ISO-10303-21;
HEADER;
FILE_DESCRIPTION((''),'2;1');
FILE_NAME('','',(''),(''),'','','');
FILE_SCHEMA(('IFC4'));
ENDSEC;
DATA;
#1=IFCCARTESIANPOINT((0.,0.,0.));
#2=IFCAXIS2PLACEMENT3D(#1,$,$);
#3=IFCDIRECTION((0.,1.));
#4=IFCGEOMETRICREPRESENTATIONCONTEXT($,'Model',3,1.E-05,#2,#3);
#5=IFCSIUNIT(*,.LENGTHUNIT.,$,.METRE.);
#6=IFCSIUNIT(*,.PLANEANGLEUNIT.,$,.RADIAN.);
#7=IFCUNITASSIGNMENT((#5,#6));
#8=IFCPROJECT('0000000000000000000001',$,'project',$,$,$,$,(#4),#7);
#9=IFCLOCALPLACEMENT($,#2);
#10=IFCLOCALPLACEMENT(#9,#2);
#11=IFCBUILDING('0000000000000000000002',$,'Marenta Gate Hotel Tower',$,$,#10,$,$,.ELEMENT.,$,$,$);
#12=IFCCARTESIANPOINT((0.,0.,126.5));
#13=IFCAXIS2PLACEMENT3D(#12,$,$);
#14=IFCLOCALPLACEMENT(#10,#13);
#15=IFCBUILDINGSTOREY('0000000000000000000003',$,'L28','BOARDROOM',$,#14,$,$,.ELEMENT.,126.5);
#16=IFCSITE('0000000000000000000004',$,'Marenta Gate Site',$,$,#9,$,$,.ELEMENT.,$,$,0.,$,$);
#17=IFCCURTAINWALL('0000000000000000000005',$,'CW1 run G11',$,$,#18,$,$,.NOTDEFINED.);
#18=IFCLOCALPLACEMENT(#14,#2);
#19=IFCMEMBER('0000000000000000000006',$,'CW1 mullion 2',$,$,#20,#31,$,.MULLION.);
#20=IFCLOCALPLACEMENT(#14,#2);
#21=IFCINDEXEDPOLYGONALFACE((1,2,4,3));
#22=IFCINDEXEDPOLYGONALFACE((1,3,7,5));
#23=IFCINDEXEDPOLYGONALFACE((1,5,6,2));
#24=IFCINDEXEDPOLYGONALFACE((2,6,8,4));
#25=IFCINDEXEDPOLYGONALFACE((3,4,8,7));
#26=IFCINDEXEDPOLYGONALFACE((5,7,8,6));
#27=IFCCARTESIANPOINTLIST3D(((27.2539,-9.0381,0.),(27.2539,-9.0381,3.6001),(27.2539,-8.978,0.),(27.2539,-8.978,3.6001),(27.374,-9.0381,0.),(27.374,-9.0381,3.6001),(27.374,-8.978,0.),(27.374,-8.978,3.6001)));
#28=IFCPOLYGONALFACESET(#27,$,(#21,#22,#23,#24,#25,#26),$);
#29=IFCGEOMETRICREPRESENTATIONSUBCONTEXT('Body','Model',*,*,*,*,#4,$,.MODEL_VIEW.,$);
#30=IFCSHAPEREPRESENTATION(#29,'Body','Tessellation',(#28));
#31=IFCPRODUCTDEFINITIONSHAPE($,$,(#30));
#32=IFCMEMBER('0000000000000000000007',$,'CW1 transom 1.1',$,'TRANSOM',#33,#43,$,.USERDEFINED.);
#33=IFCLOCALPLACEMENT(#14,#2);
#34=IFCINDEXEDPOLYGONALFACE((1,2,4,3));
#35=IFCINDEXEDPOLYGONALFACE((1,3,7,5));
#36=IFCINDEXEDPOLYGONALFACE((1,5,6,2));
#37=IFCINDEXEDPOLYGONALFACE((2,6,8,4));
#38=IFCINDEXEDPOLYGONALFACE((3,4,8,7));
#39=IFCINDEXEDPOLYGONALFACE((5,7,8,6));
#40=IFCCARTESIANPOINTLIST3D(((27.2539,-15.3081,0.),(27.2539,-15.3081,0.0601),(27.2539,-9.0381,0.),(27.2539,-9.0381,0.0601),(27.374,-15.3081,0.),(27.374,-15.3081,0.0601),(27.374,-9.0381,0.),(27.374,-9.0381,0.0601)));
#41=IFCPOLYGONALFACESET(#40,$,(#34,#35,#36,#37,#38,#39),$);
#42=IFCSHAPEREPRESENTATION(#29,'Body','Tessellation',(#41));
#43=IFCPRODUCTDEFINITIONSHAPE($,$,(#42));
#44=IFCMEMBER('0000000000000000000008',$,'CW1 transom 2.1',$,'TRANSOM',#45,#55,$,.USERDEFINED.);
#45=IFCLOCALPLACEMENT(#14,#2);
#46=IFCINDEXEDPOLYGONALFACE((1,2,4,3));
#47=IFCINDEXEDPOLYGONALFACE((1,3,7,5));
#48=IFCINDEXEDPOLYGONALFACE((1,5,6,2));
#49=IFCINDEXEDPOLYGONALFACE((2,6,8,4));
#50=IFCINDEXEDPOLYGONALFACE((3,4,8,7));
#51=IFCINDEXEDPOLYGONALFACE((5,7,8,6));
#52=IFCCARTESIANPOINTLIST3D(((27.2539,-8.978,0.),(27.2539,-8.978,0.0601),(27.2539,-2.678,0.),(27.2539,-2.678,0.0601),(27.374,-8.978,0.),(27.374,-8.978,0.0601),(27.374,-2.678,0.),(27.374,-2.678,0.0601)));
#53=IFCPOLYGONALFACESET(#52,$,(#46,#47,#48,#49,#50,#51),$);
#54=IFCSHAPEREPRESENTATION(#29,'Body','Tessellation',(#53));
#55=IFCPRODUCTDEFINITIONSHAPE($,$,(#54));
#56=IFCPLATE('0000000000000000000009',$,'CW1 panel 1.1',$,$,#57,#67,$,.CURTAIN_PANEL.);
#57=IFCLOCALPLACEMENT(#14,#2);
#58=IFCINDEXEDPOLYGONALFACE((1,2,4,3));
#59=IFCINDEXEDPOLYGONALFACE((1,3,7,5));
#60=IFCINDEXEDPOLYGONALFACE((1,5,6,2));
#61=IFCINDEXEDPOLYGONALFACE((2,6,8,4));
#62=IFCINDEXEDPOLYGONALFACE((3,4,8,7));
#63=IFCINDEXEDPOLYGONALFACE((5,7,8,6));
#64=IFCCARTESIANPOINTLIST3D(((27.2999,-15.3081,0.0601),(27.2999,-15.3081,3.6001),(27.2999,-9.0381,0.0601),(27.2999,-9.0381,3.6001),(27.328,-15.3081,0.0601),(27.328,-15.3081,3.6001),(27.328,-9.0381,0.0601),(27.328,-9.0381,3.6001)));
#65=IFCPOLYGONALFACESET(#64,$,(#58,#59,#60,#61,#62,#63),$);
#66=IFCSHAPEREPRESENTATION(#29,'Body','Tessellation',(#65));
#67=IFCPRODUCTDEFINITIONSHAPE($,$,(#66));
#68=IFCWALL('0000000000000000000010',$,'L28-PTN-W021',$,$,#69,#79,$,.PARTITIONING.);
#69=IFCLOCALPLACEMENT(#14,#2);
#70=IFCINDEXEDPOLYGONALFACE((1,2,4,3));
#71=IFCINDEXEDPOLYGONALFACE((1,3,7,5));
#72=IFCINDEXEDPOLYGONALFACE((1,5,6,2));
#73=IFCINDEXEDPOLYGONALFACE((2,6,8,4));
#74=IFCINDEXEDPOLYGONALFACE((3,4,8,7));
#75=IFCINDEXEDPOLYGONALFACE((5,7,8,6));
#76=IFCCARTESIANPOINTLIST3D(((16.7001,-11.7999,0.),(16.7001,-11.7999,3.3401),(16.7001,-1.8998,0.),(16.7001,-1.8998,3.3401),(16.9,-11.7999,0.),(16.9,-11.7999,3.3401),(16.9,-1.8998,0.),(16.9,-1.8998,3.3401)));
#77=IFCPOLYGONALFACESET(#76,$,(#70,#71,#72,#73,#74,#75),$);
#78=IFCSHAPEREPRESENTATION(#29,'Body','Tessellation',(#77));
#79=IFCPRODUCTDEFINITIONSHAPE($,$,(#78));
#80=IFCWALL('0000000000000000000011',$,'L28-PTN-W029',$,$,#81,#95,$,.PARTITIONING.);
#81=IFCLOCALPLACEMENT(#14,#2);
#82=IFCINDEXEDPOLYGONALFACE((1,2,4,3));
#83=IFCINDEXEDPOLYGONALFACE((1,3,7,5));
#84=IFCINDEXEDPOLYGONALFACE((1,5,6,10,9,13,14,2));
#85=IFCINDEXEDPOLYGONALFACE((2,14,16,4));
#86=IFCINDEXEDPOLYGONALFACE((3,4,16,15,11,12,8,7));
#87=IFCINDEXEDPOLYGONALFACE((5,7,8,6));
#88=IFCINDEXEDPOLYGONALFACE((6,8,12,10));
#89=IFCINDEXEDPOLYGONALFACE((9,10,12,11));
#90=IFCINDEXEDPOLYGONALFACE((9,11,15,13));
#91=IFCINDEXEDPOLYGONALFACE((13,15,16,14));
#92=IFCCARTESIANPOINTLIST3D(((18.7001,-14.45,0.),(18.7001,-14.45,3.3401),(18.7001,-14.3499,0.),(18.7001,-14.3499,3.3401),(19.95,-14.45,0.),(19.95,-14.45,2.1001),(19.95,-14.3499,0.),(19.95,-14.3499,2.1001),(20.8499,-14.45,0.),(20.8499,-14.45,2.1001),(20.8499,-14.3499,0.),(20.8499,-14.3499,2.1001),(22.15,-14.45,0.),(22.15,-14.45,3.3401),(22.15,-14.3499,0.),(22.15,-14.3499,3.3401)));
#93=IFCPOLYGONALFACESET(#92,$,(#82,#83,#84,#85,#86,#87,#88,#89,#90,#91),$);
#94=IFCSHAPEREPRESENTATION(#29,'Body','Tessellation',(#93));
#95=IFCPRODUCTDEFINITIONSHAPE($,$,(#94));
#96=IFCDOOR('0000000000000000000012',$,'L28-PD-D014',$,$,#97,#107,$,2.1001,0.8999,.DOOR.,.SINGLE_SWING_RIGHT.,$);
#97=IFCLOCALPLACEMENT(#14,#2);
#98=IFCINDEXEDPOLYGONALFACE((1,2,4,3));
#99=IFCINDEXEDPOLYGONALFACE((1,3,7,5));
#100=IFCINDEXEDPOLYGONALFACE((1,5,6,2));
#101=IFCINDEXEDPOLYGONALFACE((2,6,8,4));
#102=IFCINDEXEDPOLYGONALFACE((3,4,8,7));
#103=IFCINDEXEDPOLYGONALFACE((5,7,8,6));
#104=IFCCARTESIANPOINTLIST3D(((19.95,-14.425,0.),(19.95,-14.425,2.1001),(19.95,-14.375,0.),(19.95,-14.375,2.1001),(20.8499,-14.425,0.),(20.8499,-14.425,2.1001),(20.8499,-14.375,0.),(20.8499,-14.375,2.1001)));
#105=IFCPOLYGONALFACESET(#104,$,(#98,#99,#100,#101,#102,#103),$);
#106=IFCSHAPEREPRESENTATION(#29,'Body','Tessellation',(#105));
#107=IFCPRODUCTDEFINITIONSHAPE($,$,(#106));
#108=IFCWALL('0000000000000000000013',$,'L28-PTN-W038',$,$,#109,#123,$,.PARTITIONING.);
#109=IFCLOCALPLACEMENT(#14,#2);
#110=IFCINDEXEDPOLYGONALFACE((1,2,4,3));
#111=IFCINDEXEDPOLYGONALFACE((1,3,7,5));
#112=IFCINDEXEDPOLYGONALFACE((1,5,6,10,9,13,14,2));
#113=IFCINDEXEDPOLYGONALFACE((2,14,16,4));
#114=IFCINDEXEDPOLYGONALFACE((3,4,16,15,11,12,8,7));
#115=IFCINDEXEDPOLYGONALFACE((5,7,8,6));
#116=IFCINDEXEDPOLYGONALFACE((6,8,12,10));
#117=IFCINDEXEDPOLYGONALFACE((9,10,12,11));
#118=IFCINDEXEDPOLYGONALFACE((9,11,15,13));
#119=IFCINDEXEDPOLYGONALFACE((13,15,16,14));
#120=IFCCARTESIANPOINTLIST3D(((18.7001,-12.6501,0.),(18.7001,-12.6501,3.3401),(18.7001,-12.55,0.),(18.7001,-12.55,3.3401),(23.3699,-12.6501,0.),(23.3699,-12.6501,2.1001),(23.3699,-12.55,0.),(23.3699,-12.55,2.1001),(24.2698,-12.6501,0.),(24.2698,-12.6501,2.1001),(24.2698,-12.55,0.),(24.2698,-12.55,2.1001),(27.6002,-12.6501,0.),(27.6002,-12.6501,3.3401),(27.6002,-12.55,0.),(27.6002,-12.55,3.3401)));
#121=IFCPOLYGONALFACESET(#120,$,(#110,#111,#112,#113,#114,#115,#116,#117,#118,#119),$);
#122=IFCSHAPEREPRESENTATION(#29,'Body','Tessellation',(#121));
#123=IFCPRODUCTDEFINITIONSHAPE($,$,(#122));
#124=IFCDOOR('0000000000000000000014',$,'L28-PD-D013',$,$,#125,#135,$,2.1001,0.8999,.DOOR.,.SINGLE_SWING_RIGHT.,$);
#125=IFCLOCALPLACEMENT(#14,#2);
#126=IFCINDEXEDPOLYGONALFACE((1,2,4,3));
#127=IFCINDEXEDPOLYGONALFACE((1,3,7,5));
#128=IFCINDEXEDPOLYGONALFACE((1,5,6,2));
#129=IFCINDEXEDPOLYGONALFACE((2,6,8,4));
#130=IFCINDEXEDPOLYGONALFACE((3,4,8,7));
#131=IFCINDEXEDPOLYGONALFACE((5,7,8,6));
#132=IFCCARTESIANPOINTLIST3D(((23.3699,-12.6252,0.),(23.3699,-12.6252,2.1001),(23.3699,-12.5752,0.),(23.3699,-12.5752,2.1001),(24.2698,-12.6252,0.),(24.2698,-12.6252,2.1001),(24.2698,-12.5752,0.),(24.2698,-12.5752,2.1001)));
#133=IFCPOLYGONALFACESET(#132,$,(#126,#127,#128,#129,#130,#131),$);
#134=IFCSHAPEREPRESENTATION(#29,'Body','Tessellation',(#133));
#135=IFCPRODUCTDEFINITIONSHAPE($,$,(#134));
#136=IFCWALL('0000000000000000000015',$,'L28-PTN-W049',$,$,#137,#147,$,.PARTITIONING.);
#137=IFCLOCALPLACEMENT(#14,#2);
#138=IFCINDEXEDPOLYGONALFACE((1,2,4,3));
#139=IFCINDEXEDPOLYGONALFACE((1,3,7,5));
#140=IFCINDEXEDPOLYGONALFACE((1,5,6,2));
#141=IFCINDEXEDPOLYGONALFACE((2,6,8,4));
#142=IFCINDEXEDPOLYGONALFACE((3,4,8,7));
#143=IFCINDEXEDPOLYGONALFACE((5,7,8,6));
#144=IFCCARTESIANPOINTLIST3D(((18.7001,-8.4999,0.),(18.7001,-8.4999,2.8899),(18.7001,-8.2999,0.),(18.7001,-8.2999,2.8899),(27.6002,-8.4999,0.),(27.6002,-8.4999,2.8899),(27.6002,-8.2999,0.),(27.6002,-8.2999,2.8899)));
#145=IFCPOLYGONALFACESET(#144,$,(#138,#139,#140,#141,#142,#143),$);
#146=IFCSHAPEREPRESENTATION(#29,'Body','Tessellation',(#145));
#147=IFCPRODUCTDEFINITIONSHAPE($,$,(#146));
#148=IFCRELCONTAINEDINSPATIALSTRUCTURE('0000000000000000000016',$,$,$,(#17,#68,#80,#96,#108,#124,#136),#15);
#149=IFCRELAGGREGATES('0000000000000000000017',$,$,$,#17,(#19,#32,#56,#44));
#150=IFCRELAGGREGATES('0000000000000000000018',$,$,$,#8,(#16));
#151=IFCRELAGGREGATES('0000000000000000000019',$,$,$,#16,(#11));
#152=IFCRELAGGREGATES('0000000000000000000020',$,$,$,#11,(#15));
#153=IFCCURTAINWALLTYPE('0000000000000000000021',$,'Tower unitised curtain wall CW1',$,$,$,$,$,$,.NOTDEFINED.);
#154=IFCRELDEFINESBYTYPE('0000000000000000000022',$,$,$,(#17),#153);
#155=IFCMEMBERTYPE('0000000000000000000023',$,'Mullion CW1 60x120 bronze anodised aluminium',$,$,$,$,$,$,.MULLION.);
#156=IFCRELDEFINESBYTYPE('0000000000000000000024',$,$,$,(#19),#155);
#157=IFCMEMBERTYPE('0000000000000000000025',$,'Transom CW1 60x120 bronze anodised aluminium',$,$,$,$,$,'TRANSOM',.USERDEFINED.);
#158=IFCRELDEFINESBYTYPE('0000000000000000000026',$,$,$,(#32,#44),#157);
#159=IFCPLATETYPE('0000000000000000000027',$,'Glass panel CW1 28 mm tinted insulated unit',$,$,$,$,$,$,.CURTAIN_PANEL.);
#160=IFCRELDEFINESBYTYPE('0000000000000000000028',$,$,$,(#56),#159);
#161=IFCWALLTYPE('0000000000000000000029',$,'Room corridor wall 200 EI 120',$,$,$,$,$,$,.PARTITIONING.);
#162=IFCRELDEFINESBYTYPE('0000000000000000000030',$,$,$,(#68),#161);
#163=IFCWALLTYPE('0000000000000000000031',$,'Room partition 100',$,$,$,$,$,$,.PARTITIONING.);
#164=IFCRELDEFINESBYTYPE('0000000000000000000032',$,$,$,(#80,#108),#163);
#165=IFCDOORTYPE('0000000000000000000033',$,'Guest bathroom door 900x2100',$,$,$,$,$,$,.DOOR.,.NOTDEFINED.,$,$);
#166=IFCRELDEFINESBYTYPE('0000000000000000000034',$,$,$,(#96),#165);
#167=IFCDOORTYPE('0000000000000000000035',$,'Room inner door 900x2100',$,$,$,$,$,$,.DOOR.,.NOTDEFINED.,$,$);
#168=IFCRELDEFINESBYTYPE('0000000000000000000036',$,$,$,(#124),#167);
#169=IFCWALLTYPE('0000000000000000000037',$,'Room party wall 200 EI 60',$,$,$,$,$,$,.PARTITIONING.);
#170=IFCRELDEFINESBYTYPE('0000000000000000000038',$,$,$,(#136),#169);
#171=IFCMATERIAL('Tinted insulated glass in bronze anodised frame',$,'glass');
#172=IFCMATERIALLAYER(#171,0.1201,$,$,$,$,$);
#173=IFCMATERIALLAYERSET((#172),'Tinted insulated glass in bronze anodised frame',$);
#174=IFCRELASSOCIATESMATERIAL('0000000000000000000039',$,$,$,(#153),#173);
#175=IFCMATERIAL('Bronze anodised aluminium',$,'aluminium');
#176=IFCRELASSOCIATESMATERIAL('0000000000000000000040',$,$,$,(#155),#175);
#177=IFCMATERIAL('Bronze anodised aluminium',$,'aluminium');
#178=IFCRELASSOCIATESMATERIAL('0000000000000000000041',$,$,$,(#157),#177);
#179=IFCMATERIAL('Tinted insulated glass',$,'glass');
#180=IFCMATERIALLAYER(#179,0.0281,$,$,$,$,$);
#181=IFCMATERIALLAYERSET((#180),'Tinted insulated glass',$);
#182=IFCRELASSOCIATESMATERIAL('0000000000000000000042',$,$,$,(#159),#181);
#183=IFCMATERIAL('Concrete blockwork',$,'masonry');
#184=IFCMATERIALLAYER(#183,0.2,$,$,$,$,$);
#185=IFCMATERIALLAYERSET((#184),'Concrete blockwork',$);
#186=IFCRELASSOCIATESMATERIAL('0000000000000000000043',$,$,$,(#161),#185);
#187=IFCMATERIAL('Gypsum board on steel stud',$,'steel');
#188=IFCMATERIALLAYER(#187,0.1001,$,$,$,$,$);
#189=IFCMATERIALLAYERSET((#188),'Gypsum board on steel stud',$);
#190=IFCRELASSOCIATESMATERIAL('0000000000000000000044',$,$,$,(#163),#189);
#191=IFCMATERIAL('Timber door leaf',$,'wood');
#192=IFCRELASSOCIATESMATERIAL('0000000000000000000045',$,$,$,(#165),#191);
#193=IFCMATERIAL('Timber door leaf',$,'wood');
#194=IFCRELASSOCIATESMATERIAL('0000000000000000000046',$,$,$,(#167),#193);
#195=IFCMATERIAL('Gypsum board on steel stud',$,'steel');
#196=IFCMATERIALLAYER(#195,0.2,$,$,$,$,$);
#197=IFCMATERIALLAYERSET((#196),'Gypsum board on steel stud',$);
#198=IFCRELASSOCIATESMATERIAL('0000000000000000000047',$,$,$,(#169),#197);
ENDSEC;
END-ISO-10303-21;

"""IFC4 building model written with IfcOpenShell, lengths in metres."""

from ifc_helpers import new_model, si_unit, direction, frame, frame_2d, origin, origin_2d, place, context, subcontext, project, spatial, rectangle, extrude, material, layer, layer_set, material_profile, profile_set, type_object, element, fill, aggregate, save


model = new_model("IFC4")

# Units and contexts
model_context = context("Model", 3, precision=1e-05, world=origin(), true_north=direction((0.0, 1.0)))
body_context = subcontext(model_context, "Body", "Model", "MODEL_VIEW")
ifc_project = project(units=[si_unit("LENGTHUNIT", "METRE"), si_unit("PLANEANGLEUNIT", "RADIAN")], contexts=[model_context])

# Site, building, storey
site_placement = place(None, origin())
site = spatial("IfcSite", under=ifc_project, at=site_placement, Name="Marenta Gate Site", CompositionType="ELEMENT", RefElevation=0.0)
building_placement = place(site_placement, origin())
building = spatial("IfcBuilding", under=site, at=building_placement, Name="Marenta Gate Hotel Tower", CompositionType="ELEMENT")
storey_placement = place(building_placement, frame((0.0, 0.0, 126.5)))
storey = spatial("IfcBuildingStorey", under=building, at=storey_placement, Name="L28", Description="BOARDROOM", CompositionType="ELEMENT", Elevation=126.5)

# Curtain wall, members, plate
ifc_material_1 = material(Name="Tinted insulated glass in bronze anodised frame", Category="glass")
ifc_layer_1 = layer(ifc_material_1, 0.1201)
ifc_layer_set_1 = layer_set([ifc_layer_1], Name="Tinted insulated glass in bronze anodised frame")
curtain_wall_type = type_object("IfcCurtainWallType", Name="Tower unitised curtain wall CW1", PredefinedType="NOTDEFINED", material=ifc_layer_set_1)
curtain_wall_placement = place(storey_placement, origin())
curtain_wall = element("IfcCurtainWall", 1, at=curtain_wall_placement, inside=storey, type_object=curtain_wall_type, Name="CW1 run G11", PredefinedType="NOTDEFINED")
ifc_material_2 = material(Name="Bronze anodised aluminium", Category="aluminium")
ifc_material_profile_1 = material_profile(ifc_material_2, rectangle(XDim=0.1201, YDim=0.0601, at=origin_2d()), Name="Mullion CW1 60x120 bronze anodised aluminium")
ifc_profile_set_1 = profile_set([ifc_material_profile_1], Name="Bronze anodised aluminium")
member_type_1 = type_object("IfcMemberType", Name="Mullion CW1 60x120 bronze anodised aluminium", PredefinedType="MULLION", material=ifc_profile_set_1)
member_1_placement = place(storey_placement, frame((27.314, -9.0081, 0.0), z_axis=(0.0, 0.0, 1.0), x_axis=(-1.0, 0.0, 0.0)))
member_1 = element("IfcMember", 2, at=member_1_placement, type_object=member_type_1, Name="CW1 mullion 2", PredefinedType="MULLION", context=body_context, shape_type="SweptSolid", body=[
    extrude(rectangle(XDim=0.1201, YDim=0.0601, at=origin_2d()), origin(), (0.0, 0.0, 1.0), 3.6001),
])
ifc_material_3 = material(Name="Bronze anodised aluminium", Category="aluminium")
ifc_material_profile_2 = material_profile(ifc_material_3, rectangle(XDim=0.1201, YDim=0.0601, at=origin_2d()), Name="Transom CW1 60x120 bronze anodised aluminium")
ifc_profile_set_2 = profile_set([ifc_material_profile_2], Name="Bronze anodised aluminium")
member_type_2 = type_object("IfcMemberType", Name="Transom CW1 60x120 bronze anodised aluminium", ElementType="TRANSOM", PredefinedType="USERDEFINED", material=ifc_profile_set_2)
member_2_placement = place(storey_placement, frame((27.314, -15.3081, 0.03), z_axis=(0.0, 1.0, 0.0), x_axis=(-1.0, 0.0, 0.0)))
member_2 = element("IfcMember", 3, at=member_2_placement, type_object=member_type_2, Name="CW1 transom 1.1", ObjectType="TRANSOM", PredefinedType="USERDEFINED", context=body_context, shape_type="SweptSolid", body=[
    extrude(rectangle(XDim=0.1201, YDim=0.0601, at=origin_2d()), origin(), (0.0, 0.0, 1.0), 6.27),
])
member_3_placement = place(storey_placement, frame((27.314, -8.978, 0.03), z_axis=(0.0, 1.0, 0.0), x_axis=(-1.0, 0.0, 0.0)))
member_3 = element("IfcMember", 4, at=member_3_placement, type_object=member_type_2, Name="CW1 transom 2.1", ObjectType="TRANSOM", PredefinedType="USERDEFINED", context=body_context, shape_type="SweptSolid", body=[
    extrude(rectangle(XDim=0.1201, YDim=0.0601, at=origin_2d()), origin(), (0.0, 0.0, 1.0), 6.3),
])
ifc_material_4 = material(Name="Tinted insulated glass", Category="glass")
ifc_layer_2 = layer(ifc_material_4, 0.0281)
ifc_layer_set_2 = layer_set([ifc_layer_2], Name="Tinted insulated glass")
plate_type = type_object("IfcPlateType", Name="Glass panel CW1 28 mm tinted insulated unit", PredefinedType="CURTAIN_PANEL", material=ifc_layer_set_2)
plate_placement = place(storey_placement, frame((27.314, -12.1731, 0.0601), z_axis=(0.0, 0.0, 1.0), x_axis=(0.0, 1.0, 0.0)))
plate = element("IfcPlate", 5, at=plate_placement, type_object=plate_type, Name="CW1 panel 1.1", PredefinedType="CURTAIN_PANEL", context=body_context, shape_type="SweptSolid", body=[
    extrude(rectangle(XDim=6.27, YDim=0.0281, at=origin_2d()), origin(), (0.0, 0.0, 1.0), 3.54),
])
aggregate(curtain_wall, [member_1, member_2, plate, member_3])

# Wall
ifc_material_5 = material(Name="Concrete blockwork", Category="masonry")
ifc_layer_3 = layer(ifc_material_5, 0.2)
ifc_layer_set_3 = layer_set([ifc_layer_3], Name="Concrete blockwork")
wall_type_1 = type_object("IfcWallType", Name="Room corridor wall 200 EI 120", PredefinedType="PARTITIONING", material=ifc_layer_set_3)
wall_1_placement = place(storey_placement, frame((16.8, -11.8, 0.0), z_axis=(0.0, 0.0, 1.0), x_axis=(0.0, 1.0, 0.0)))
element("IfcWall", 6, at=wall_1_placement, inside=storey, type_object=wall_type_1, Name="L28-PTN-W021", PredefinedType="PARTITIONING", context=body_context, shape_type="SweptSolid", body=[
    extrude(rectangle(XDim=9.9001, YDim=0.2, at=frame_2d((4.9502, 0.0))), origin(), (0.0, 0.0, 1.0), 3.3401),
])

# Walls, openings, doors
ifc_material_6 = material(Name="Gypsum board on steel stud", Category="steel")
ifc_layer_4 = layer(ifc_material_6, 0.1001)
ifc_layer_set_4 = layer_set([ifc_layer_4], Name="Gypsum board on steel stud")
wall_type_2 = type_object("IfcWallType", Name="Room partition 100", PredefinedType="PARTITIONING", material=ifc_layer_set_4)
wall_2_placement = place(storey_placement, frame((18.7, -14.3999, 0.0), z_axis=(0.0, 0.0, 1.0), x_axis=(1.0, 0.0, 0.0)))
wall_2 = element("IfcWall", 7, at=wall_2_placement, inside=storey, type_object=wall_type_2, Name="L28-PTN-W029", PredefinedType="PARTITIONING", context=body_context, shape_type="SweptSolid", body=[
    extrude(rectangle(XDim=3.45, YDim=0.1001, at=frame_2d((1.7251, 0.0))), origin(), (0.0, 0.0, 1.0), 3.3401),
])
opening_1_placement = place(wall_2_placement, frame((1.25, 0.0, 0.0)))
opening_1 = element("IfcOpeningElement", 8, at=opening_1_placement, cuts=wall_2, PredefinedType="OPENING", context=body_context, shape_type="SweptSolid", body=[
    extrude(rectangle(XDim=0.8999, YDim=2.1001, at=frame_2d((0.45, 1.05))), frame((0.0, 0.05, 0.0), z_axis=(0.0, -1.0, 0.0), x_axis=(1.0, 0.0, 0.0)), (0.0, 0.0, 1.0), 0.1001),
])
ifc_material_7 = material(Name="Timber door leaf", Category="wood")
door_type_1 = type_object("IfcDoorType", Name="Guest bathroom door 900x2100", OperationType="NOTDEFINED", PredefinedType="DOOR", material=ifc_material_7)
door_1_placement = place(opening_1_placement, origin())
door_1 = element("IfcDoor", 9, at=door_1_placement, inside=storey, type_object=door_type_1, Name="L28-PD-D014", OperationType="SINGLE_SWING_RIGHT", OverallHeight=2.1001, OverallWidth=0.8999, PredefinedType="DOOR", context=body_context, shape_type="SweptSolid", body=[
    extrude(rectangle(XDim=0.8999, YDim=2.1001, at=frame_2d((0.45, 1.05))), frame((0.0, 0.0249, 0.0), z_axis=(0.0, -1.0, 0.0), x_axis=(1.0, 0.0, 0.0)), (0.0, 0.0, 1.0), 0.05),
])
fill(opening_1, door_1)
wall_3_placement = place(storey_placement, frame((18.7, -12.6001, 0.0), z_axis=(0.0, 0.0, 1.0), x_axis=(1.0, 0.0, 0.0)))
wall_3 = element("IfcWall", 10, at=wall_3_placement, inside=storey, type_object=wall_type_2, Name="L28-PTN-W038", PredefinedType="PARTITIONING", context=body_context, shape_type="SweptSolid", body=[
    extrude(rectangle(XDim=8.9001, YDim=0.1001, at=frame_2d((4.4502, 0.0))), origin(), (0.0, 0.0, 1.0), 3.3401),
])
opening_2_placement = place(wall_3_placement, frame((4.6699, 0.0, 0.0)))
opening_2 = element("IfcOpeningElement", 11, at=opening_2_placement, cuts=wall_3, PredefinedType="OPENING", context=body_context, shape_type="SweptSolid", body=[
    extrude(rectangle(XDim=0.8999, YDim=2.1001, at=frame_2d((0.45, 1.05))), frame((0.0, 0.05, 0.0), z_axis=(0.0, -1.0, 0.0), x_axis=(1.0, 0.0, 0.0)), (0.0, 0.0, 1.0), 0.1001),
])
ifc_material_8 = material(Name="Timber door leaf", Category="wood")
door_type_2 = type_object("IfcDoorType", Name="Room inner door 900x2100", OperationType="NOTDEFINED", PredefinedType="DOOR", material=ifc_material_8)
door_2_placement = place(opening_2_placement, origin())
door_2 = element("IfcDoor", 12, at=door_2_placement, inside=storey, type_object=door_type_2, Name="L28-PD-D013", OperationType="SINGLE_SWING_RIGHT", OverallHeight=2.1001, OverallWidth=0.8999, PredefinedType="DOOR", context=body_context, shape_type="SweptSolid", body=[
    extrude(rectangle(XDim=0.8999, YDim=2.1001, at=frame_2d((0.45, 1.05))), frame((0.0, 0.0249, 0.0), z_axis=(0.0, -1.0, 0.0), x_axis=(1.0, 0.0, 0.0)), (0.0, 0.0, 1.0), 0.05),
])
fill(opening_2, door_2)

# Wall
ifc_material_9 = material(Name="Gypsum board on steel stud", Category="steel")
ifc_layer_5 = layer(ifc_material_9, 0.2)
ifc_layer_set_5 = layer_set([ifc_layer_5], Name="Gypsum board on steel stud")
wall_type_3 = type_object("IfcWallType", Name="Room party wall 200 EI 60", PredefinedType="PARTITIONING", material=ifc_layer_set_5)
wall_4_placement = place(storey_placement, frame((18.7, -8.3999, 0.0), z_axis=(0.0, 0.0, 1.0), x_axis=(1.0, 0.0, 0.0)))
element("IfcWall", 13, at=wall_4_placement, inside=storey, type_object=wall_type_3, Name="L28-PTN-W049", PredefinedType="PARTITIONING", context=body_context, shape_type="SweptSolid", body=[
    extrude(rectangle(XDim=8.9001, YDim=0.2, at=frame_2d((4.4502, 0.0))), origin(), (0.0, 0.0, 1.0), 2.8899),
])

save(model, "model.ifc")
